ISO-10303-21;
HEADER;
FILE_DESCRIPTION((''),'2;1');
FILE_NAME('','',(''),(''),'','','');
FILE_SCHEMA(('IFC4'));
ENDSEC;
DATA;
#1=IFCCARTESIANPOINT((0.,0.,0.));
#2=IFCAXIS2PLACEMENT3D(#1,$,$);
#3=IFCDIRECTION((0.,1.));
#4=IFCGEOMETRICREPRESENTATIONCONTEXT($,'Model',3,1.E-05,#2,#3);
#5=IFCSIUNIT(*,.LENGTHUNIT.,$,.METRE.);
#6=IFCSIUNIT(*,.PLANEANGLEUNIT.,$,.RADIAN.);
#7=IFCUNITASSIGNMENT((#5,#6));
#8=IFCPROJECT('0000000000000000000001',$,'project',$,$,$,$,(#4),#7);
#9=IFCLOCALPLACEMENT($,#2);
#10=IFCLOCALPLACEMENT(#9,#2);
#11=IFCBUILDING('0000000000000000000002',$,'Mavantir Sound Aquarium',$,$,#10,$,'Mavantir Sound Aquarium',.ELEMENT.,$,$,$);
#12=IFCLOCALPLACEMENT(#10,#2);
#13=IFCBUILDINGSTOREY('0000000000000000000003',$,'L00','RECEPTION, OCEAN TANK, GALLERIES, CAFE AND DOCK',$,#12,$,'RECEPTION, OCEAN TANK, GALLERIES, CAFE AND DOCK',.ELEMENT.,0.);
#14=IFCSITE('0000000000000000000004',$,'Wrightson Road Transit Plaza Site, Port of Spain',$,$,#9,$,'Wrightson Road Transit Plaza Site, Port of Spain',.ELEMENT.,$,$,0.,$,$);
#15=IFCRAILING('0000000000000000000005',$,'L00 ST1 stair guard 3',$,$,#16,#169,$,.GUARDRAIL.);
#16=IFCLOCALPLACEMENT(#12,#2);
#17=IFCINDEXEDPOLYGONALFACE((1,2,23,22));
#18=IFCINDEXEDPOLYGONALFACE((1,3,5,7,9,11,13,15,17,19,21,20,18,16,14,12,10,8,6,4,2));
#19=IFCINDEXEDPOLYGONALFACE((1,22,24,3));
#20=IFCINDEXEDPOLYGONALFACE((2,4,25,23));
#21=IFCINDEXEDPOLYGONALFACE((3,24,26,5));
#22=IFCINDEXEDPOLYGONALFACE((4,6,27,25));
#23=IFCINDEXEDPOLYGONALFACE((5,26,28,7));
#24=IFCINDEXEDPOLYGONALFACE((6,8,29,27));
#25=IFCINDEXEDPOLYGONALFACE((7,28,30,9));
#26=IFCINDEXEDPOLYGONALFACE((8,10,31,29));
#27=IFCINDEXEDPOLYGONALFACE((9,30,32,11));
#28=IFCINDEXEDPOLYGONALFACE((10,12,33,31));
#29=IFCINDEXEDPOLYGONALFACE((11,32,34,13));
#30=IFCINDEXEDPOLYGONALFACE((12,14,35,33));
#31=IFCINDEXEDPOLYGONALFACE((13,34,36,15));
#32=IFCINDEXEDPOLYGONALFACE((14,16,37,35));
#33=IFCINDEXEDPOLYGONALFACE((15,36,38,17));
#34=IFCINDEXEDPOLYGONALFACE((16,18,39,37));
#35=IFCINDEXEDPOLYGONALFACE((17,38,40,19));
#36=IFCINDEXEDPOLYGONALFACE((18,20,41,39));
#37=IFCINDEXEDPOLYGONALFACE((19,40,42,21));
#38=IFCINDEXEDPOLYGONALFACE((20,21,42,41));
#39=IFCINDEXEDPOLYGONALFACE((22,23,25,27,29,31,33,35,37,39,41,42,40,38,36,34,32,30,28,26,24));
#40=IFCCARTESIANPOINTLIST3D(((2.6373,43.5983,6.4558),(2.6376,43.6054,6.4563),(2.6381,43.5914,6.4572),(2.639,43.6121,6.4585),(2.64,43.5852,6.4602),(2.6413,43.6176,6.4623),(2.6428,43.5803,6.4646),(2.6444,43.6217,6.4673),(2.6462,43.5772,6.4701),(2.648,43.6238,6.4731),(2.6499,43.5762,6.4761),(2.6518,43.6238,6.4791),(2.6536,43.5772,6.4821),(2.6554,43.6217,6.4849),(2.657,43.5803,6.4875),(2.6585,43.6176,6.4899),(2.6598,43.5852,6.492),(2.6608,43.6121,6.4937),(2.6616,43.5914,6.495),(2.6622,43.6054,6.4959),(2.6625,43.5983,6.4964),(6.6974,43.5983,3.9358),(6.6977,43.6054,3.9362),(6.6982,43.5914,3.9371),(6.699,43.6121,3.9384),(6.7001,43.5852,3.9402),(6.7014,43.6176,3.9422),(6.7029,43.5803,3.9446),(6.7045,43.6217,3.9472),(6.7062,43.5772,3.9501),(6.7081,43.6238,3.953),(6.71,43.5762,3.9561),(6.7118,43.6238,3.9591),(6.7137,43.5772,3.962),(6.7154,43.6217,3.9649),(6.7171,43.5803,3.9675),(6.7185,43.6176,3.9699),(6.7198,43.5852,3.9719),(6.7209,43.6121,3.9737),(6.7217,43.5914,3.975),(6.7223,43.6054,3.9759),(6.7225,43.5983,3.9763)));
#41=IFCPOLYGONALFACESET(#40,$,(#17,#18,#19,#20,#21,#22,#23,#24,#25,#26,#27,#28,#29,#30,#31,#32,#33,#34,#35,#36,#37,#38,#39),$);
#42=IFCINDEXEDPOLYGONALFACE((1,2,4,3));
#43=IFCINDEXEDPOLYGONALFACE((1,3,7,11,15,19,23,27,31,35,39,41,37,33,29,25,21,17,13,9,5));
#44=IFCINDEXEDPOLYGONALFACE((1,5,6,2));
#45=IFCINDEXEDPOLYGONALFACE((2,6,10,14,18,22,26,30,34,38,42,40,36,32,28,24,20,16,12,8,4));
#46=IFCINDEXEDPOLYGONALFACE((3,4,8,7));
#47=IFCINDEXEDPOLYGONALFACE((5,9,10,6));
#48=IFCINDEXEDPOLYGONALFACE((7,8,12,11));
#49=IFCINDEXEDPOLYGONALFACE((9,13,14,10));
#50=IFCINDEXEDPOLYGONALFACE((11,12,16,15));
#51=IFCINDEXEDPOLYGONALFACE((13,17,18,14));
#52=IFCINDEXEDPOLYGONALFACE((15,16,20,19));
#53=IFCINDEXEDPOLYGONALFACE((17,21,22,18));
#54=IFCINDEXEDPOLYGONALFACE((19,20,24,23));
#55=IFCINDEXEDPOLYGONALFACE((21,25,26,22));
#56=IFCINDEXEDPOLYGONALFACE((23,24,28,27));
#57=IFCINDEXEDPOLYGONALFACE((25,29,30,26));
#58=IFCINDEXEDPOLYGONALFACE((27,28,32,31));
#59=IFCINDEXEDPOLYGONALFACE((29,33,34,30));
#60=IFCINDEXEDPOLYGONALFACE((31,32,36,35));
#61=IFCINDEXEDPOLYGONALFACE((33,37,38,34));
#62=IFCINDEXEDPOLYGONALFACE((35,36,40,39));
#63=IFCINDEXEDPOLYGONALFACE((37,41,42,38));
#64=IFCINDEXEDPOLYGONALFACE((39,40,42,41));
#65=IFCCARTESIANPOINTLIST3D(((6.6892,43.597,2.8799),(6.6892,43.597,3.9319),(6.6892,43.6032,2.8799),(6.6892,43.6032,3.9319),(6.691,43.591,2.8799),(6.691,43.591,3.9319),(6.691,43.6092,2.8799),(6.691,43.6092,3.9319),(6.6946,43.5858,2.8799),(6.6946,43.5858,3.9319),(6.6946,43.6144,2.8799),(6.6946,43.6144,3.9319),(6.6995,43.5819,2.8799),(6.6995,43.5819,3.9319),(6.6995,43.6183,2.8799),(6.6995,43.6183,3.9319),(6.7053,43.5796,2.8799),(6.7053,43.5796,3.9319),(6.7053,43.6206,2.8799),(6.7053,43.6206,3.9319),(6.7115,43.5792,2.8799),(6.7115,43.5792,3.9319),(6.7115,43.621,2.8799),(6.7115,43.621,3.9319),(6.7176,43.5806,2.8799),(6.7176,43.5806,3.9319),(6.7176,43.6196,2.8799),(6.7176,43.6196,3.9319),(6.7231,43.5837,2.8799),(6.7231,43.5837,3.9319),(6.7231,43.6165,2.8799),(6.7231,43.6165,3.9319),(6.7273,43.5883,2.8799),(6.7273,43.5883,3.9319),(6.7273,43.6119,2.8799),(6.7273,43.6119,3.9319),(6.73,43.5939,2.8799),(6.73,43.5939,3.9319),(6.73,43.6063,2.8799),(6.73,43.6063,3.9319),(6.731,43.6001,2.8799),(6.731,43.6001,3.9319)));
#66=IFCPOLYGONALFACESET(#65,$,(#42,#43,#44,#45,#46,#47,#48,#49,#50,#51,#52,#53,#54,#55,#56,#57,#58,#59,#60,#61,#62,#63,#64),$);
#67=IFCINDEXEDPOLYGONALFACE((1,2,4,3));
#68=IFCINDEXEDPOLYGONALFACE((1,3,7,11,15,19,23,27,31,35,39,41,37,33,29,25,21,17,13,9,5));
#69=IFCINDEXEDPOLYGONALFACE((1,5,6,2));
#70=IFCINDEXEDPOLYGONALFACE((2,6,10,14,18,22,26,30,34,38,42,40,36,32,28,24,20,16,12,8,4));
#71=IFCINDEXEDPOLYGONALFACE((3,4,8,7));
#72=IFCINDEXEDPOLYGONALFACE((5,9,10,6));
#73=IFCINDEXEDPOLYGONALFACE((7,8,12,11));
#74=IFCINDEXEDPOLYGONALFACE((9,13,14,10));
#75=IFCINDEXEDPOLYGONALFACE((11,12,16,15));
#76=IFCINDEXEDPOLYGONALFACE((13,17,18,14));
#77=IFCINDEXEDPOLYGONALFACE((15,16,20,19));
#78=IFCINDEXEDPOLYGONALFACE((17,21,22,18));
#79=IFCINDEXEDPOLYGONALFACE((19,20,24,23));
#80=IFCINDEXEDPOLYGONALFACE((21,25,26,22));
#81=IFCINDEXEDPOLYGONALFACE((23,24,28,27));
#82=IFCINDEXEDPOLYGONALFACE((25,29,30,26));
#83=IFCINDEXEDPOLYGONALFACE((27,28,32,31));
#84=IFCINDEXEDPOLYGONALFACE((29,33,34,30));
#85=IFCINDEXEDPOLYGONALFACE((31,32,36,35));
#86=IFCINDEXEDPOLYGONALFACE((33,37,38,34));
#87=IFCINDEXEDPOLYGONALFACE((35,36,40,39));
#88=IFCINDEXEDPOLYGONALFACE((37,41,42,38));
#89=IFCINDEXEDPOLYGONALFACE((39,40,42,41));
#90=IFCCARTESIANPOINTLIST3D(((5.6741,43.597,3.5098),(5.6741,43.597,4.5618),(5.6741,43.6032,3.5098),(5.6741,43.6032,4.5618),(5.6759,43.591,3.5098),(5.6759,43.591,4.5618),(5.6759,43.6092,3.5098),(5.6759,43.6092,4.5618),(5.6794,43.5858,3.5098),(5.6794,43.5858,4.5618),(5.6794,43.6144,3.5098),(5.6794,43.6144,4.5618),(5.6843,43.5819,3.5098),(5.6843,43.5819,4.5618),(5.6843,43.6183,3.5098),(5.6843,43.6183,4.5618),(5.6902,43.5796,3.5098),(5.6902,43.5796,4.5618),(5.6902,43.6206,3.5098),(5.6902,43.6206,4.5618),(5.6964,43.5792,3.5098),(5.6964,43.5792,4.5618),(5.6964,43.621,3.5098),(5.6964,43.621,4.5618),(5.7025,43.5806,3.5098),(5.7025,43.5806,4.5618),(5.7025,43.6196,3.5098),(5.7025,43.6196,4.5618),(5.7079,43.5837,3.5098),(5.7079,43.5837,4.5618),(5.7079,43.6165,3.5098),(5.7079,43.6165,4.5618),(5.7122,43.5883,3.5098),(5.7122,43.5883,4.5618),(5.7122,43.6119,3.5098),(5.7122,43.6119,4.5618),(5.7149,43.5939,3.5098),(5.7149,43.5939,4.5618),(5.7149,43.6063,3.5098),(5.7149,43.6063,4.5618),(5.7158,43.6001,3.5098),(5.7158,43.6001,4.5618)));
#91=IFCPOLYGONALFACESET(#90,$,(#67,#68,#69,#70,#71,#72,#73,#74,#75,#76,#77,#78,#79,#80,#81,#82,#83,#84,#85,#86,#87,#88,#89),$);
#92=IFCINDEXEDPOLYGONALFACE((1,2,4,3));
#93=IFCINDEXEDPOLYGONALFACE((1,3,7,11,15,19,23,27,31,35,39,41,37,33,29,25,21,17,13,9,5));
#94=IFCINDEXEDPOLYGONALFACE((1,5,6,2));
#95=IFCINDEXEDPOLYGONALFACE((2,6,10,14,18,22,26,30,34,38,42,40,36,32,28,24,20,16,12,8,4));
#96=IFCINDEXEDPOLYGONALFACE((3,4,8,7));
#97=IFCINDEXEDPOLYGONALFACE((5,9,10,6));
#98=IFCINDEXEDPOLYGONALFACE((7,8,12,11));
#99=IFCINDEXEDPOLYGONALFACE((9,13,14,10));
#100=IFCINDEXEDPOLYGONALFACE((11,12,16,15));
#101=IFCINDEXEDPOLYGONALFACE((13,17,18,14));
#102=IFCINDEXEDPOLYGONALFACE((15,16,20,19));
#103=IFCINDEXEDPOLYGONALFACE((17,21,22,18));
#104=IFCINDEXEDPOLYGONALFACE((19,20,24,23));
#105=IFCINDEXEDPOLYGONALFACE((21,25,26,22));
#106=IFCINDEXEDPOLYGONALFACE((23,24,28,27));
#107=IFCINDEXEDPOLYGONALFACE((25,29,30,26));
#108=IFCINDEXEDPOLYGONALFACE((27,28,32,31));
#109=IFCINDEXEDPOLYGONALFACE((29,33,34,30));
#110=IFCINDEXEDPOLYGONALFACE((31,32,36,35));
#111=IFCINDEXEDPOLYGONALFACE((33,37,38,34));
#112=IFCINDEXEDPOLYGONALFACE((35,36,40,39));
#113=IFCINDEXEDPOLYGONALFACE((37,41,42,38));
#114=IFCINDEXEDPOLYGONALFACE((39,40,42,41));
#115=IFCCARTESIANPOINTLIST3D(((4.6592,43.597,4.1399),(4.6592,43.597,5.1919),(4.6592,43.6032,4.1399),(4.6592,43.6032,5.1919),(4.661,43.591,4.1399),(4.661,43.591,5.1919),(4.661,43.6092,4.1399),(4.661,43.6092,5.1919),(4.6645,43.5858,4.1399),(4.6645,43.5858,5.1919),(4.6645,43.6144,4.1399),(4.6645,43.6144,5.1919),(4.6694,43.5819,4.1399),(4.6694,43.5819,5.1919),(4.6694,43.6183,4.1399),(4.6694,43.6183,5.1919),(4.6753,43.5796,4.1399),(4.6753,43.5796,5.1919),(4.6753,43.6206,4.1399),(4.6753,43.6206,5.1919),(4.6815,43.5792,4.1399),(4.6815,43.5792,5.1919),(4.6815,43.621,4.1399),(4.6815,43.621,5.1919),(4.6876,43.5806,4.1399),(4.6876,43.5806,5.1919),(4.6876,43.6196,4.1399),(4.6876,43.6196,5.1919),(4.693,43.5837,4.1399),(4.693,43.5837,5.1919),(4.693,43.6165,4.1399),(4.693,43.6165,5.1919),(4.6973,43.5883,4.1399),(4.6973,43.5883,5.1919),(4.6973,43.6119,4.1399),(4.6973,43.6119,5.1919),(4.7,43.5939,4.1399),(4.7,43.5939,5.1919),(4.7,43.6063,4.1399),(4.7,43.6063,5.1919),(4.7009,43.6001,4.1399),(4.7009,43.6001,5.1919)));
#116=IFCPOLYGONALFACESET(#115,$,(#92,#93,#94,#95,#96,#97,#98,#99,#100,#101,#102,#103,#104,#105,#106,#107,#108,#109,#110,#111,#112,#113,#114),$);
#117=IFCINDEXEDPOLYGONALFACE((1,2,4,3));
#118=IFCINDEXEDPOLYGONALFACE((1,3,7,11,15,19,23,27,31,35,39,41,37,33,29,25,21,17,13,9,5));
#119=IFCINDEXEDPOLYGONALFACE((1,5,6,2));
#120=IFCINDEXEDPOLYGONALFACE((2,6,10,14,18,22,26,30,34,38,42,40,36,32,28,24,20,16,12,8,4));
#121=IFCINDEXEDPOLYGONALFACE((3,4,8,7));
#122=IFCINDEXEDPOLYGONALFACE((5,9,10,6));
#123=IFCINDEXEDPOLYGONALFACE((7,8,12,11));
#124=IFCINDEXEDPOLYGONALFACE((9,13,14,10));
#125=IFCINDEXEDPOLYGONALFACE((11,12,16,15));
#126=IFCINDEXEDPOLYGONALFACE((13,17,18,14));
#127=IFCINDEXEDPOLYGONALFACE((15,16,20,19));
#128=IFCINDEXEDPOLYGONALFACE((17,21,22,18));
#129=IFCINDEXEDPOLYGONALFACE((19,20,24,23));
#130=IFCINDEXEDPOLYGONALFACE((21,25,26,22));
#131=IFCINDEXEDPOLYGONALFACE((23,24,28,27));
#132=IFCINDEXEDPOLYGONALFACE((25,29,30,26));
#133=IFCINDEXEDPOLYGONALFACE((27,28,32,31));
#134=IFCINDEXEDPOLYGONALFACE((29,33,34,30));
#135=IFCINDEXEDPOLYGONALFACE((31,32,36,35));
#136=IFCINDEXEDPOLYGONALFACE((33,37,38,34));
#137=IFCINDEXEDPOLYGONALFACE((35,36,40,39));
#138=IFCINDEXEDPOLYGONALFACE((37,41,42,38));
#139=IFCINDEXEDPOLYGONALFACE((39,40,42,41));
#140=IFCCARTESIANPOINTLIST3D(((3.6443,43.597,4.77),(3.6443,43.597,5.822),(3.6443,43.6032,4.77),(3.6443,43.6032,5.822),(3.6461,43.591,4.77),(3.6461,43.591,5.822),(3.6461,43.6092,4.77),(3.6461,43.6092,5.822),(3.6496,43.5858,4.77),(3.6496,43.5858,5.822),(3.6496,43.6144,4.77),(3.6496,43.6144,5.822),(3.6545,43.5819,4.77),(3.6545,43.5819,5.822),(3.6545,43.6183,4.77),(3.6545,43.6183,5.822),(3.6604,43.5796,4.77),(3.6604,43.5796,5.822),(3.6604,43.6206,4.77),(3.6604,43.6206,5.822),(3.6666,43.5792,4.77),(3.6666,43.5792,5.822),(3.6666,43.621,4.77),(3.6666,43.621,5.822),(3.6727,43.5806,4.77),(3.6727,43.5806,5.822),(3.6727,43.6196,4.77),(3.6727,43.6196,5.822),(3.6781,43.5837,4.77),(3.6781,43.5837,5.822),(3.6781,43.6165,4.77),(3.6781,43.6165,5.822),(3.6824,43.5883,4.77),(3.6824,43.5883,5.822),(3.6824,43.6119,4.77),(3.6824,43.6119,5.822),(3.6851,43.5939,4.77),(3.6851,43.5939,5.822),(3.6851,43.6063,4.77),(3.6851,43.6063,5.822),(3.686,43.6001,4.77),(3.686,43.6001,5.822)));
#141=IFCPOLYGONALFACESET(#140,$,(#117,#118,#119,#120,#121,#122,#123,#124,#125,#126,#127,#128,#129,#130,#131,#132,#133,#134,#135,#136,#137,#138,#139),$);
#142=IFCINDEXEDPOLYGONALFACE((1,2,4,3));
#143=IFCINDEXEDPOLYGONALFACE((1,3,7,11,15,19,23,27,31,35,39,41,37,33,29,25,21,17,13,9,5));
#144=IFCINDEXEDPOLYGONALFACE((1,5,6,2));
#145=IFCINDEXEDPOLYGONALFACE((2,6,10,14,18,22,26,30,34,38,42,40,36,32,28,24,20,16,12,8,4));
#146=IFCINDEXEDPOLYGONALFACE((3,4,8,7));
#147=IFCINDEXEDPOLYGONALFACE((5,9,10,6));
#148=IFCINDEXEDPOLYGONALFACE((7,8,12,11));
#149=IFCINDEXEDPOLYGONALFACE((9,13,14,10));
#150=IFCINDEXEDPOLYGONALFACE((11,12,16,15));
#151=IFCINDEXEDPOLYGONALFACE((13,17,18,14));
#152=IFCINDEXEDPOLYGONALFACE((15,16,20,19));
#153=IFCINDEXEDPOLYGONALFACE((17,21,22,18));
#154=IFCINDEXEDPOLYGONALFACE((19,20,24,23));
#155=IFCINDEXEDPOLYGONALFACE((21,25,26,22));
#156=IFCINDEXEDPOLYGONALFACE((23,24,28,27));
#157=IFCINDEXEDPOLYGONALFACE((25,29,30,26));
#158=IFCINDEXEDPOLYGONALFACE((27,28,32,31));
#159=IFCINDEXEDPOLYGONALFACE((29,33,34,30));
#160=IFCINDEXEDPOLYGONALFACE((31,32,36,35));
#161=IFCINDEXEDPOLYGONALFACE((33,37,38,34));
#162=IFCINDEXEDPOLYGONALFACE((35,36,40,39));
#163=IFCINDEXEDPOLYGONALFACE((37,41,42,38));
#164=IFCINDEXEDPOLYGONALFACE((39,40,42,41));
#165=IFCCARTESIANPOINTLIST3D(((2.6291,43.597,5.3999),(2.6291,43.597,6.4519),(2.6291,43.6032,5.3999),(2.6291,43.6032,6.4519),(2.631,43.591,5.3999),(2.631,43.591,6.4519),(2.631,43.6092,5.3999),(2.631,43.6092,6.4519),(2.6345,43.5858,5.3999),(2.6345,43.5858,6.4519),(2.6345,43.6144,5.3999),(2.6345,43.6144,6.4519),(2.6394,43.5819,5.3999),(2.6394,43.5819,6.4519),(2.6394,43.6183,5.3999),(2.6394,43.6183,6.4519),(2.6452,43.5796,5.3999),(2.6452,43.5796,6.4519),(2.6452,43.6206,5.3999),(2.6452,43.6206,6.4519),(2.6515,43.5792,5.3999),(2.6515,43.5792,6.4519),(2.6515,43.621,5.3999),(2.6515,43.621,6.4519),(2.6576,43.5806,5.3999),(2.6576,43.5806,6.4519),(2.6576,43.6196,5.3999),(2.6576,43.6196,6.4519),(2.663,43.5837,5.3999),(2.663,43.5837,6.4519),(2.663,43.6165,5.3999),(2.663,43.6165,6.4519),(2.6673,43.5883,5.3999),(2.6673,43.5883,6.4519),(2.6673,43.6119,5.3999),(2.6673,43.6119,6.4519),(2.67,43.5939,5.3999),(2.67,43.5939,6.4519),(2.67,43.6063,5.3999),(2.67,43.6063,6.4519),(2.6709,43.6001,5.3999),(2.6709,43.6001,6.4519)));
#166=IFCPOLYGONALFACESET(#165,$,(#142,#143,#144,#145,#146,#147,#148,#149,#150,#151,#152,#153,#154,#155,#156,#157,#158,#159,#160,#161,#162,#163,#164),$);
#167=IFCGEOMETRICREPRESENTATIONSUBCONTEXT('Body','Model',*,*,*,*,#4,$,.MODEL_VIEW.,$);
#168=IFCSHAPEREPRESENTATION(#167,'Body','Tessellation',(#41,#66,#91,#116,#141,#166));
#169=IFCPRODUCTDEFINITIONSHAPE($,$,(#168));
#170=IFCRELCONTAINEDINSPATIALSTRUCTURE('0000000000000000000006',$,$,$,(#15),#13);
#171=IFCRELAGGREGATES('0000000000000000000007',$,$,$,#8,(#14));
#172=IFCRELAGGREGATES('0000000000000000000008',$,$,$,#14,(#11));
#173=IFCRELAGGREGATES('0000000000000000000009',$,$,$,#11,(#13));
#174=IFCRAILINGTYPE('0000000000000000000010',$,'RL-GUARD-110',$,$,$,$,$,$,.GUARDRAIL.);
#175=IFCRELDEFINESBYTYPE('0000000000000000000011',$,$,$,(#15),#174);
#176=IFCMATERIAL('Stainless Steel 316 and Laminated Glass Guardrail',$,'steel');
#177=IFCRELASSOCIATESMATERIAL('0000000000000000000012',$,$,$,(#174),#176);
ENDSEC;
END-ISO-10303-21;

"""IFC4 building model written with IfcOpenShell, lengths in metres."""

from ifc_helpers import new_model, si_unit, direction, frame, origin, origin_2d, place, context, subcontext, project, spatial, circle, extrude, material, type_object, element, save


model = new_model("IFC4")

# Units and contexts
model_context = context("Model", 3, precision=1e-05, world=origin(), true_north=direction((0.0, 1.0)))
body_context = subcontext(model_context, "Body", "Model", "MODEL_VIEW")
ifc_project = project(units=[si_unit("LENGTHUNIT", "METRE"), si_unit("PLANEANGLEUNIT", "RADIAN")], contexts=[model_context])

# Site, building, storey
site_placement = place(None, origin())
site = spatial("IfcSite", under=ifc_project, at=site_placement, Name="Wrightson Road Transit Plaza Site, Port of Spain", LongName="Wrightson Road Transit Plaza Site, Port of Spain", CompositionType="ELEMENT", RefElevation=0.0)
building_placement = place(site_placement, origin())
building = spatial("IfcBuilding", under=site, at=building_placement, Name="Mavantir Sound Aquarium", LongName="Mavantir Sound Aquarium", CompositionType="ELEMENT")
storey_placement = place(building_placement, origin())
storey = spatial("IfcBuildingStorey", under=building, at=storey_placement, Name="L00", Description="RECEPTION, OCEAN TANK, GALLERIES, CAFE AND DOCK", LongName="RECEPTION, OCEAN TANK, GALLERIES, CAFE AND DOCK", CompositionType="ELEMENT", Elevation=0.0)

# Railing
ifc_material_1 = material(Name="Stainless Steel 316 and Laminated Glass Guardrail", Category="steel")
railing_type_1 = type_object("IfcRailingType", Name="RL-GUARD-110", PredefinedType="GUARDRAIL", material=ifc_material_1)
railing_1_placement = place(storey_placement, frame((6.71, 43.6001, 2.8799)))
element("IfcRailing", 1, at=railing_1_placement, inside=storey, type_object=railing_type_1, Name="L00 ST1 stair guard 3", PredefinedType="GUARDRAIL", context=body_context, shape_type="SweptSolid", body=[
    extrude(circle(Radius=0.0239, at=origin_2d()), frame((0.0, 0.0, 1.0762), z_axis=(-0.849642, 0.0, 0.52736), x_axis=(0.0, -1.0, 0.0)), (0.0, 0.0, 1.0), 4.7786),
    extrude(circle(Radius=0.021, at=origin_2d()), origin(), (0.0, 0.0, 1.0), 1.052),
    extrude(circle(Radius=0.021, at=origin_2d()), frame((-1.0151, 0.0, 0.6299)), (0.0, 0.0, 1.0), 1.052),
    extrude(circle(Radius=0.021, at=origin_2d()), frame((-2.03, 0.0, 1.26)), (0.0, 0.0, 1.0), 1.052),
    extrude(circle(Radius=0.021, at=origin_2d()), frame((-3.0449, 0.0, 1.8901)), (0.0, 0.0, 1.0), 1.052),
    extrude(circle(Radius=0.021, at=origin_2d()), frame((-4.0601, 0.0, 2.52)), (0.0, 0.0, 1.0), 1.052),
])

save(model, "model.ifc")
